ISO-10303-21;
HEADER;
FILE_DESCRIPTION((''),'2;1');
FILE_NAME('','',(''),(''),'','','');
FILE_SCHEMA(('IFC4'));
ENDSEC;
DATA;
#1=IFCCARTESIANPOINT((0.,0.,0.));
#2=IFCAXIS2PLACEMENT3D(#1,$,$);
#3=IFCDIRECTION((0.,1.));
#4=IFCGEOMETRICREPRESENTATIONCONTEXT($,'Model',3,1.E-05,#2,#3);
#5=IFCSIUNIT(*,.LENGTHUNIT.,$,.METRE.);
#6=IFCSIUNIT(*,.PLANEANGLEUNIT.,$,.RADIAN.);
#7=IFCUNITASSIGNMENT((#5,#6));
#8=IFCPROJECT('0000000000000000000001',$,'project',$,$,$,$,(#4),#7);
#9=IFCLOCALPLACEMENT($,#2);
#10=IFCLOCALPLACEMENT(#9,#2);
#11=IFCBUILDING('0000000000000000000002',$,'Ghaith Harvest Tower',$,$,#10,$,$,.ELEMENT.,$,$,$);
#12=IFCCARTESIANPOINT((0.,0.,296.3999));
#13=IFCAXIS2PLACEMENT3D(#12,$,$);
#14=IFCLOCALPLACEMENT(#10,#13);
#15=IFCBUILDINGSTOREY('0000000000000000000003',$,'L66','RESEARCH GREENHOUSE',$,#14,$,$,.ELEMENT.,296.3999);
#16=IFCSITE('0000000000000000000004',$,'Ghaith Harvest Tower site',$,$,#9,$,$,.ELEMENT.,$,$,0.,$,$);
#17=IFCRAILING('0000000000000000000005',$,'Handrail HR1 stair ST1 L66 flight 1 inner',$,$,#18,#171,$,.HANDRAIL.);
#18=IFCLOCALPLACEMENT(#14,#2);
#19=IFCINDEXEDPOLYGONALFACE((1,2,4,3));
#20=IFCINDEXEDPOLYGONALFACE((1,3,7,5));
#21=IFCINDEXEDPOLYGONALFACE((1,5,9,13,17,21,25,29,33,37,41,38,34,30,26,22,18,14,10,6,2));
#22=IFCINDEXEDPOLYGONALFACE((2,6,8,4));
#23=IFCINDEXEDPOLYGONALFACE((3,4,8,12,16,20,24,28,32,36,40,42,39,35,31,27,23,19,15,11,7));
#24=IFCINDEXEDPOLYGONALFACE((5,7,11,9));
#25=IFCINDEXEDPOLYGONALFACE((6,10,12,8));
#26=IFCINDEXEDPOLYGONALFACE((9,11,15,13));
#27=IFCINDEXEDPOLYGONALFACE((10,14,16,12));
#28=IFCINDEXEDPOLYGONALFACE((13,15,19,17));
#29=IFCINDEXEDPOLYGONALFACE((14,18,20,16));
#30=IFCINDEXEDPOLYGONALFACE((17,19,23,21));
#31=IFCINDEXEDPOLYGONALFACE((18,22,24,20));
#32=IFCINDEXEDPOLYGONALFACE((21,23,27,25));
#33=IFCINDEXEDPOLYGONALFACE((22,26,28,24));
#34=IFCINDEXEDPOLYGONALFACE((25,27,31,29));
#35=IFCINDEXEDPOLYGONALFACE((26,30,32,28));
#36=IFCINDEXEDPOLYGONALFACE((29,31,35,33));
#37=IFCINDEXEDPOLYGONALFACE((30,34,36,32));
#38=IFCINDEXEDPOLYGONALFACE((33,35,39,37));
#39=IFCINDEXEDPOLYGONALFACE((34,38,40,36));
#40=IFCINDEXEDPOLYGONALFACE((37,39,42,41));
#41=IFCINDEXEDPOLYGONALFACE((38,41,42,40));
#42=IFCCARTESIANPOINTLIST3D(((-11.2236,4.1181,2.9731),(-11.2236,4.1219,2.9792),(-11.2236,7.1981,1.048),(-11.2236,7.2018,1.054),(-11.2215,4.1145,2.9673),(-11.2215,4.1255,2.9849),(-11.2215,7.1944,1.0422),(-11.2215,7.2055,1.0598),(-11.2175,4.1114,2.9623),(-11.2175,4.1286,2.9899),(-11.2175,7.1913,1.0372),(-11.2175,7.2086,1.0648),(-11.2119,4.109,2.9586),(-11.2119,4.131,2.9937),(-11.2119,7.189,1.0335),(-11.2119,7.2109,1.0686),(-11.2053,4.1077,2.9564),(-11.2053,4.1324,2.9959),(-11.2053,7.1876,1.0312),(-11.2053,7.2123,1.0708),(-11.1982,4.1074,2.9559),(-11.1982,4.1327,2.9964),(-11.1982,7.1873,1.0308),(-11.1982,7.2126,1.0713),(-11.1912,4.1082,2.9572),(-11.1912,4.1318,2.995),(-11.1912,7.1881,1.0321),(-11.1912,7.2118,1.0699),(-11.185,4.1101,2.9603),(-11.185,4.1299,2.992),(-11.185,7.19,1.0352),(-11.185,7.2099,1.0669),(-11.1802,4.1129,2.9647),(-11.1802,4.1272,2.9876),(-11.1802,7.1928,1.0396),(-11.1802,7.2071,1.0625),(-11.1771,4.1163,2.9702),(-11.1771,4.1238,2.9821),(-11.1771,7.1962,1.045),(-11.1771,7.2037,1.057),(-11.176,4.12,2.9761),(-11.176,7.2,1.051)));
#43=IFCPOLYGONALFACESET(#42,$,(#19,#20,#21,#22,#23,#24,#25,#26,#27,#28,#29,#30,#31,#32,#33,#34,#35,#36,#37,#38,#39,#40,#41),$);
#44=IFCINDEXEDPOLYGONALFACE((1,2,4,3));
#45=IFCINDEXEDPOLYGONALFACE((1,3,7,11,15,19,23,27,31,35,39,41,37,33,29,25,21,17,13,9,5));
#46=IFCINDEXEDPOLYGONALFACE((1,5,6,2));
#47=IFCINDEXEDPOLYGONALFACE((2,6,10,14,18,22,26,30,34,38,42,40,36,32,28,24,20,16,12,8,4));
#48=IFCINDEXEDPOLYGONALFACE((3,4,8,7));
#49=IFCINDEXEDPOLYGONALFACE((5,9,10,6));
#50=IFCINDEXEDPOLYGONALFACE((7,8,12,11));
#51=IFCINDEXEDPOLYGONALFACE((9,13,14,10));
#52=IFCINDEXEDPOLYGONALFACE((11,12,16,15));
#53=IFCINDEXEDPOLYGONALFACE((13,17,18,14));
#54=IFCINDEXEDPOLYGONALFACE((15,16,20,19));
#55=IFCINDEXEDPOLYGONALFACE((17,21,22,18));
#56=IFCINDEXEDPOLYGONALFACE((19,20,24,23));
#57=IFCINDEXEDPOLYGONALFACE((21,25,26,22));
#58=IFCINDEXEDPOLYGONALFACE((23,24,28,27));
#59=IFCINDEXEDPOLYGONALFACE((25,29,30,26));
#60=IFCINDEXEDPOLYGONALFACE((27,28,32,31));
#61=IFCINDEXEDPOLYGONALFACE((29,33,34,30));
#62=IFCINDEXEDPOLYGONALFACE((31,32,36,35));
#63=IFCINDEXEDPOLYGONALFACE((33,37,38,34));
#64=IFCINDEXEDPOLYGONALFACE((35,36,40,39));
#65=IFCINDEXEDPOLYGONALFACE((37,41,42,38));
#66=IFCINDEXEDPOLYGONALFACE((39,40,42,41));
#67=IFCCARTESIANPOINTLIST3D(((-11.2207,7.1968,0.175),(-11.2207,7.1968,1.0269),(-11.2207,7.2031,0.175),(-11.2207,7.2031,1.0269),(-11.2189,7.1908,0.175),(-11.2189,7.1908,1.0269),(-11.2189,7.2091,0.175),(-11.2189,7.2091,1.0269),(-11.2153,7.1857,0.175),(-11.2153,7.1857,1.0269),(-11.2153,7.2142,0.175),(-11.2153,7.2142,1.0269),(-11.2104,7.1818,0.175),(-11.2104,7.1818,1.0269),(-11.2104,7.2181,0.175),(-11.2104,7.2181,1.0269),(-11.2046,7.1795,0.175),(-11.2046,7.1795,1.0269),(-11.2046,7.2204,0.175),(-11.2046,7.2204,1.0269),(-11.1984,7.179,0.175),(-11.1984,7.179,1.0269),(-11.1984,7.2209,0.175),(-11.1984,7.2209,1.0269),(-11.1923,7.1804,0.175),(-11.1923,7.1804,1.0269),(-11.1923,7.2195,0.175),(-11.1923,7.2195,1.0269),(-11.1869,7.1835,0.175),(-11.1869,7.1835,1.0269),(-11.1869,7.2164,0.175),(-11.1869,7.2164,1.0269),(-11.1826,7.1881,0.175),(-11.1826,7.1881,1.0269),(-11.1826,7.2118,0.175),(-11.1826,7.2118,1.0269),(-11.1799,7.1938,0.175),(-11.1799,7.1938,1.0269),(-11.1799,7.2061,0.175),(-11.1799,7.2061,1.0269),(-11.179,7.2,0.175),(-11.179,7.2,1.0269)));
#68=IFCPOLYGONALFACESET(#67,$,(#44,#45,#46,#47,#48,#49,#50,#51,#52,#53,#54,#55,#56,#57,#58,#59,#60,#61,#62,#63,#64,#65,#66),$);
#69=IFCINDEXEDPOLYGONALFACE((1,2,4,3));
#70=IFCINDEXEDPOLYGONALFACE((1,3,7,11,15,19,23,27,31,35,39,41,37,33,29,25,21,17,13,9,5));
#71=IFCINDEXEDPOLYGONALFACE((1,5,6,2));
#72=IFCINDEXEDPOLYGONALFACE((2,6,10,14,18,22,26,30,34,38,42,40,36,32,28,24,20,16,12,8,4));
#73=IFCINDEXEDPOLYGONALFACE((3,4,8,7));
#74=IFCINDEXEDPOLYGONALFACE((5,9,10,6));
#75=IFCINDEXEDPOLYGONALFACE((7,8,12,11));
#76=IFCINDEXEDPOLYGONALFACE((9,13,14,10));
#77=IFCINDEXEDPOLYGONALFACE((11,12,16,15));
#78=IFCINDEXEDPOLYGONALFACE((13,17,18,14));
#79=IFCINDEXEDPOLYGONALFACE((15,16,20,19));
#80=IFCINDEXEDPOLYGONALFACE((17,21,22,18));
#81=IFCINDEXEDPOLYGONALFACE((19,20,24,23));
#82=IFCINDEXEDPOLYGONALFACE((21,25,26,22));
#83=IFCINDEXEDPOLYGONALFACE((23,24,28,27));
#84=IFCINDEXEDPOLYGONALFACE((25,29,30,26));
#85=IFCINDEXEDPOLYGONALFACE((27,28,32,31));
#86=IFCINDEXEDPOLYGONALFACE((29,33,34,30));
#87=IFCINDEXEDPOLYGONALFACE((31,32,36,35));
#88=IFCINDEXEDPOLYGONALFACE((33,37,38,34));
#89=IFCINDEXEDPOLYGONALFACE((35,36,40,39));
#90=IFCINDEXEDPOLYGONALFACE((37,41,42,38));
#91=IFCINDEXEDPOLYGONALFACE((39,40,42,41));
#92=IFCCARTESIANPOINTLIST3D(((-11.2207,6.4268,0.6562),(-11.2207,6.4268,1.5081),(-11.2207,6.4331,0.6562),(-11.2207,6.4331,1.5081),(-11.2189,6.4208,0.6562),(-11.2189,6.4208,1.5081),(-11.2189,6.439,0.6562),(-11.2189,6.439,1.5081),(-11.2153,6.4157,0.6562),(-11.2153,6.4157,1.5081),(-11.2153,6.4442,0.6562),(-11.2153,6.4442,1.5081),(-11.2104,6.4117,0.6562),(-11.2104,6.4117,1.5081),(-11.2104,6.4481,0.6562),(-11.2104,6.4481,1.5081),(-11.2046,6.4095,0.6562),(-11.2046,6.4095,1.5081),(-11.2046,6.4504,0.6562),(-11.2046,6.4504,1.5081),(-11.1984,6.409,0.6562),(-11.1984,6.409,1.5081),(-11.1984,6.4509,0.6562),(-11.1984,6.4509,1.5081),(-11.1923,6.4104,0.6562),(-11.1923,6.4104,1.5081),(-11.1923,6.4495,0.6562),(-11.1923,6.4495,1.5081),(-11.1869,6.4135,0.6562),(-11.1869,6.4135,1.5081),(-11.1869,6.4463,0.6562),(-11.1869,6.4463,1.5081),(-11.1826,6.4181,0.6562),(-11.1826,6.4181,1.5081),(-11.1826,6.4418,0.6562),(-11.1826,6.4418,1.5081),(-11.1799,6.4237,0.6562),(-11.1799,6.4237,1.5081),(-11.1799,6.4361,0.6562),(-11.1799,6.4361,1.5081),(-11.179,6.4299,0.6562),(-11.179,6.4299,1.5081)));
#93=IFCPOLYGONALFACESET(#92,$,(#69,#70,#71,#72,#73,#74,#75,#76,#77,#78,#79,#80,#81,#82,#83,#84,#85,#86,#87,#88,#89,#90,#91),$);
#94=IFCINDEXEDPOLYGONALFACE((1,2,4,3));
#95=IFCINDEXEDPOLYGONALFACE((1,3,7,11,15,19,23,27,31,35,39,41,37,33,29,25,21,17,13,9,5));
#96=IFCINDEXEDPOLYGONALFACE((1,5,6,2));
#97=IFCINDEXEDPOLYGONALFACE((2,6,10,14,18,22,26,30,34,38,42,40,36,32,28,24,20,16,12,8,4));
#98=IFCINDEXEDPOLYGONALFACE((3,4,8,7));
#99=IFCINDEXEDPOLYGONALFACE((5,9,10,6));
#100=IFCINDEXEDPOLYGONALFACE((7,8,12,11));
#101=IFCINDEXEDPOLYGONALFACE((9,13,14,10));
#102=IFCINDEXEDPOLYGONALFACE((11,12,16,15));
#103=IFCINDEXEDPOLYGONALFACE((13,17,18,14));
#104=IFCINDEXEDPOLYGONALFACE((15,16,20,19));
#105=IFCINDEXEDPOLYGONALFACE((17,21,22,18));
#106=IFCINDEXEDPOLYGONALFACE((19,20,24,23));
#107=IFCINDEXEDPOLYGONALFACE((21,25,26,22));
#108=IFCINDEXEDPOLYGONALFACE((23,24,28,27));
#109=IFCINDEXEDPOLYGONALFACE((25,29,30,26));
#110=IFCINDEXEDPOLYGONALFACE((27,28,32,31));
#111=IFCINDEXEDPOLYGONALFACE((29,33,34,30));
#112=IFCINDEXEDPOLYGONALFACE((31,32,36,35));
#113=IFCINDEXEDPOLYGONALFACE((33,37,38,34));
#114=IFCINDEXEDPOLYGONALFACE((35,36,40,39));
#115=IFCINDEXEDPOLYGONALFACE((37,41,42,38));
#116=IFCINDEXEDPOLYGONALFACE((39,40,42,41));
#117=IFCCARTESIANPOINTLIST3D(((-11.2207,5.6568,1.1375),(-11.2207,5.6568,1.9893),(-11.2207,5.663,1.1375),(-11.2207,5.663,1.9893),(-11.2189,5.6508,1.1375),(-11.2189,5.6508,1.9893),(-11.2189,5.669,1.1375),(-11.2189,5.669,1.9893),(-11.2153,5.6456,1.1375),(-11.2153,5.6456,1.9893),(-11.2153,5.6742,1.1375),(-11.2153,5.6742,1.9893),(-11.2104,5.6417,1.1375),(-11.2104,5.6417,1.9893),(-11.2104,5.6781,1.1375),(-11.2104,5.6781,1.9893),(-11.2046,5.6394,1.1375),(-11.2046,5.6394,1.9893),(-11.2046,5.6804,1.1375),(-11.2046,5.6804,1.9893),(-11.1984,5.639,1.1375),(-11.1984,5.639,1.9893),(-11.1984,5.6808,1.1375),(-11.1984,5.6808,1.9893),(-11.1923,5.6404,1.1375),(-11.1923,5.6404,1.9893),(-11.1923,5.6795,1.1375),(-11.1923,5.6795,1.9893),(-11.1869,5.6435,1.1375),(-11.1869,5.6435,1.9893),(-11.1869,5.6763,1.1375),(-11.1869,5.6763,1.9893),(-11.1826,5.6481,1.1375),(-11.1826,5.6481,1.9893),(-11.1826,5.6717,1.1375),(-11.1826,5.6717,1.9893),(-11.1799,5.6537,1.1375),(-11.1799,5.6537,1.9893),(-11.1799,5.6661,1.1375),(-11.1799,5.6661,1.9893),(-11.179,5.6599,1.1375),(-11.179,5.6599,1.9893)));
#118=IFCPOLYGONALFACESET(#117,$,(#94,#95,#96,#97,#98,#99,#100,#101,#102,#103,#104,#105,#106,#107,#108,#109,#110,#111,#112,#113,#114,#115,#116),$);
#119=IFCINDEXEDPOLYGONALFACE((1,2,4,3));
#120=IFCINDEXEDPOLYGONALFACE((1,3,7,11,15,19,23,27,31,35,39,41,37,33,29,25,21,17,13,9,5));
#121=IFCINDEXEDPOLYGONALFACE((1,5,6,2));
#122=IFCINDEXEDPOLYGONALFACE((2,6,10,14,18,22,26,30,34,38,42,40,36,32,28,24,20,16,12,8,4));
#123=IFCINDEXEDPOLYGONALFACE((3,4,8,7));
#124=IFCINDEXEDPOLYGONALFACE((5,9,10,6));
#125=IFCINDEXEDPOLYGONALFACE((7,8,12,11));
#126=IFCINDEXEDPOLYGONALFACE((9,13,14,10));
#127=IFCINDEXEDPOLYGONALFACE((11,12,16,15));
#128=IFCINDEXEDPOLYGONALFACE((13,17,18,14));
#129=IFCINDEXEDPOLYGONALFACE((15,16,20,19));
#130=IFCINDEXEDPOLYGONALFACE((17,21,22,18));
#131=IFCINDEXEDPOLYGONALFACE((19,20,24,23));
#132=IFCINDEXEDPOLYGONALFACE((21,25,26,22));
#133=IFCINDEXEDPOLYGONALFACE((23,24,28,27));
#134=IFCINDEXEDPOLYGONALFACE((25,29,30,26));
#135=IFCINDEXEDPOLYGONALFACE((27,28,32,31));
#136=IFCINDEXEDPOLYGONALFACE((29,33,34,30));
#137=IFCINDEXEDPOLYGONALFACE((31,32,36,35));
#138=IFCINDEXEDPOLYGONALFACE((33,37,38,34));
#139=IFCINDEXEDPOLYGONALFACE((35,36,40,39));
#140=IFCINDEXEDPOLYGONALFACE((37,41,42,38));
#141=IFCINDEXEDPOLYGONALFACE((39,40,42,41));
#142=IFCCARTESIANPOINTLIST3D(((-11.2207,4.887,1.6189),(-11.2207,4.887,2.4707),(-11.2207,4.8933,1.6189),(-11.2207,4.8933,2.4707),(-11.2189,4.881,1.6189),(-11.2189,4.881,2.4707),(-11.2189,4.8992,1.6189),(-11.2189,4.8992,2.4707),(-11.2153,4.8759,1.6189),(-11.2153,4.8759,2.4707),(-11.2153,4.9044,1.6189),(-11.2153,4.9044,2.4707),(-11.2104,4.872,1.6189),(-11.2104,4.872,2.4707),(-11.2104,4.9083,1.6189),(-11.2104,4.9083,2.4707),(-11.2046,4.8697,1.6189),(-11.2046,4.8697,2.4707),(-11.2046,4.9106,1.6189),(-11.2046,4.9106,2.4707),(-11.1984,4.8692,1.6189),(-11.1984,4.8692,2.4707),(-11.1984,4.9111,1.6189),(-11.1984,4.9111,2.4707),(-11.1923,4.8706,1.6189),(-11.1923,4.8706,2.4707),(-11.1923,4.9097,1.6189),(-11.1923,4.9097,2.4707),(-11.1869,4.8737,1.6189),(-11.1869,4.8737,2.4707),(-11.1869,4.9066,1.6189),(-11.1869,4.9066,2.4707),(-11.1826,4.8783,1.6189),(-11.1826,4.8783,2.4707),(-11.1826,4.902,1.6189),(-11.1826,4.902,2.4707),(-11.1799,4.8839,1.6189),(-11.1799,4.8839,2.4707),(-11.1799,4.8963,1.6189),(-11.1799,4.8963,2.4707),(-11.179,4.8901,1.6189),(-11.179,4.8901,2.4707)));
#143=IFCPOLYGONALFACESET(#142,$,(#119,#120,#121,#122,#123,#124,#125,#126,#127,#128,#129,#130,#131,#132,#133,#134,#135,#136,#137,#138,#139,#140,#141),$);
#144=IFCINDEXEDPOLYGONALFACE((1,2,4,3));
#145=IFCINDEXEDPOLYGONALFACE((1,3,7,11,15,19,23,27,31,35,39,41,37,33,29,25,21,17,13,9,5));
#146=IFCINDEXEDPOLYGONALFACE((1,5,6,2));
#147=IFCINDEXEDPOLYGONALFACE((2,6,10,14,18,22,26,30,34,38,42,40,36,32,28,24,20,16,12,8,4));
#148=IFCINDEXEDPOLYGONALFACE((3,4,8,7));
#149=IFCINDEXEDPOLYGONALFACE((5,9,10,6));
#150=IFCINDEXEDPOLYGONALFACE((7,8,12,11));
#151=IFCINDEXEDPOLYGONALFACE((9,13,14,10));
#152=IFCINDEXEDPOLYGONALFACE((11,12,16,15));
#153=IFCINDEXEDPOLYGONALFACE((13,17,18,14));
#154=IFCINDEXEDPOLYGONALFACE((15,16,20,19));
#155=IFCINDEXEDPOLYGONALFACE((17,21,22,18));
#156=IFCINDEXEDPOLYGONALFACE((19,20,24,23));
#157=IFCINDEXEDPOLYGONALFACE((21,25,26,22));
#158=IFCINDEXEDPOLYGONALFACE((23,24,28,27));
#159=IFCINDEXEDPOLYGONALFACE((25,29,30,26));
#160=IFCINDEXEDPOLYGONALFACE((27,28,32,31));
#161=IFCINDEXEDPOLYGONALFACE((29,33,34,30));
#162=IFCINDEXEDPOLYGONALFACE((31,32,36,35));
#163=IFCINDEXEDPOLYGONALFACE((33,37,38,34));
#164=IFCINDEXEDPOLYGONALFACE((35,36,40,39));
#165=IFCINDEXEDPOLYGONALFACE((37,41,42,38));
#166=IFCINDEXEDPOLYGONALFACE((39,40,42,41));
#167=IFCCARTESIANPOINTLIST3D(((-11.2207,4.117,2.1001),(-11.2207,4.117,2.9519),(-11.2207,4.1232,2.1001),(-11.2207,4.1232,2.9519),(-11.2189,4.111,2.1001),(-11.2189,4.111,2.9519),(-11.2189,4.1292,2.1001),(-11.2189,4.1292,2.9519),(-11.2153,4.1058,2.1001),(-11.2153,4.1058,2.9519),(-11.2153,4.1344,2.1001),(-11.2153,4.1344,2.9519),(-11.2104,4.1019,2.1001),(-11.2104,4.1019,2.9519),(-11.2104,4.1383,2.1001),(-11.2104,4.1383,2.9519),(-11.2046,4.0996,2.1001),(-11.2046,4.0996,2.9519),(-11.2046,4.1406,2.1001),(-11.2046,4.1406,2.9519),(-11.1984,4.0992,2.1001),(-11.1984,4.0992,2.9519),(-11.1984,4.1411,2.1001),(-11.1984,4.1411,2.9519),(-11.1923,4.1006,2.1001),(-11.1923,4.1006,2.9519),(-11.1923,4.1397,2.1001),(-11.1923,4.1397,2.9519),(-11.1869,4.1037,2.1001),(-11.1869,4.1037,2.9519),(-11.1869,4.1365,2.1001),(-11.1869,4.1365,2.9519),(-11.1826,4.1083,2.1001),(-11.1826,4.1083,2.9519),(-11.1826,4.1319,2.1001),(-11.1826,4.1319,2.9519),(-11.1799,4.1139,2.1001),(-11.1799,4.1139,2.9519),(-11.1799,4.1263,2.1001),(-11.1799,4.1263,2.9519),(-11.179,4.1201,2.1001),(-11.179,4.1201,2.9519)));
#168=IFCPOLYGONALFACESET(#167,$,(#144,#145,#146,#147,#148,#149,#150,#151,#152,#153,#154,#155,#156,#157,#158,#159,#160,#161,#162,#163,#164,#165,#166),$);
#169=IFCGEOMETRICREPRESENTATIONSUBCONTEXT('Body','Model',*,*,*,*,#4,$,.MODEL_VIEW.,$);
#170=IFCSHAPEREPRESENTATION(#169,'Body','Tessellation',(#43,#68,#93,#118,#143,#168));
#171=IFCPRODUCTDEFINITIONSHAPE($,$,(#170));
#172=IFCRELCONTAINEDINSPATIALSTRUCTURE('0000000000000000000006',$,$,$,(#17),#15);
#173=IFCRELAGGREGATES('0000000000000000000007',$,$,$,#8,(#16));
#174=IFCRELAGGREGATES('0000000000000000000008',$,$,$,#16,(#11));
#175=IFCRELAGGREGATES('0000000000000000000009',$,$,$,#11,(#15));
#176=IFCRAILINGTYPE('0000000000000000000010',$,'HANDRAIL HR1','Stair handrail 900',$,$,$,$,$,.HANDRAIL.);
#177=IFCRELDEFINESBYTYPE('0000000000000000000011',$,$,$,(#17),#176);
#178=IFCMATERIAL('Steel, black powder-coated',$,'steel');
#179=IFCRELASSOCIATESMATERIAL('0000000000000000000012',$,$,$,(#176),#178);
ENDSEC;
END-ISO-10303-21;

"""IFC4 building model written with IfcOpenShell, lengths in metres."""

from ifc_helpers import new_model, si_unit, direction, frame, origin, origin_2d, place, context, subcontext, project, spatial, circle, extrude, material, type_object, element, save


model = new_model("IFC4")

# Units and contexts
model_context = context("Model", 3, precision=1e-05, world=origin(), true_north=direction((0.0, 1.0)))
body_context = subcontext(model_context, "Body", "Model", "MODEL_VIEW")
ifc_project = project(units=[si_unit("LENGTHUNIT", "METRE"), si_unit("PLANEANGLEUNIT", "RADIAN")], contexts=[model_context])

# Site, building, storey
site_placement = place(None, origin())
site = spatial("IfcSite", under=ifc_project, at=site_placement, Name="Ghaith Harvest Tower site", CompositionType="ELEMENT", RefElevation=0.0)
building_placement = place(site_placement, origin())
building = spatial("IfcBuilding", under=site, at=building_placement, Name="Ghaith Harvest Tower", CompositionType="ELEMENT")
storey_placement = place(building_placement, frame((0.0, 0.0, 296.3999)))
storey = spatial("IfcBuildingStorey", under=building, at=storey_placement, Name="L66", Description="RESEARCH GREENHOUSE", CompositionType="ELEMENT", Elevation=296.3999)

# Railing
ifc_material_1 = material(Name="Steel, black powder-coated", Category="steel")
railing_type = type_object("IfcRailingType", Name="HANDRAIL HR1", Description="Stair handrail 900", PredefinedType="HANDRAIL", material=ifc_material_1)
railing_1_placement = place(storey_placement, frame((-11.2, 7.2, 0.175)))
element("IfcRailing", 1, at=railing_1_placement, inside=storey, type_object=railing_type, Name="Handrail HR1 stair ST1 L66 flight 1 inner", PredefinedType="HANDRAIL", context=body_context, shape_type="SweptSolid", body=[
    extrude(circle(Radius=0.0239, at=origin_2d()), frame((0.0, 0.0, 0.876), z_axis=(0.0, -0.847979, 0.530029), x_axis=(1.0, 0.0, 0.0)), (0.0, 0.0, 1.0), 3.6321),
    extrude(circle(Radius=0.021, at=origin_2d()), origin(), (0.0, 0.0, 1.0), 0.8518),
    extrude(circle(Radius=0.021, at=origin_2d()), frame((0.0, -0.77, 0.4812)), (0.0, 0.0, 1.0), 0.8518),
    extrude(circle(Radius=0.021, at=origin_2d()), frame((0.0, -1.54, 0.9624)), (0.0, 0.0, 1.0), 0.8518),
    extrude(circle(Radius=0.021, at=origin_2d()), frame((0.0, -2.3098, 1.4438)), (0.0, 0.0, 1.0), 0.8518),
    extrude(circle(Radius=0.021, at=origin_2d()), frame((0.0, -3.0798, 1.925)), (0.0, 0.0, 1.0), 0.8518),
])

save(model, "model.ifc")
